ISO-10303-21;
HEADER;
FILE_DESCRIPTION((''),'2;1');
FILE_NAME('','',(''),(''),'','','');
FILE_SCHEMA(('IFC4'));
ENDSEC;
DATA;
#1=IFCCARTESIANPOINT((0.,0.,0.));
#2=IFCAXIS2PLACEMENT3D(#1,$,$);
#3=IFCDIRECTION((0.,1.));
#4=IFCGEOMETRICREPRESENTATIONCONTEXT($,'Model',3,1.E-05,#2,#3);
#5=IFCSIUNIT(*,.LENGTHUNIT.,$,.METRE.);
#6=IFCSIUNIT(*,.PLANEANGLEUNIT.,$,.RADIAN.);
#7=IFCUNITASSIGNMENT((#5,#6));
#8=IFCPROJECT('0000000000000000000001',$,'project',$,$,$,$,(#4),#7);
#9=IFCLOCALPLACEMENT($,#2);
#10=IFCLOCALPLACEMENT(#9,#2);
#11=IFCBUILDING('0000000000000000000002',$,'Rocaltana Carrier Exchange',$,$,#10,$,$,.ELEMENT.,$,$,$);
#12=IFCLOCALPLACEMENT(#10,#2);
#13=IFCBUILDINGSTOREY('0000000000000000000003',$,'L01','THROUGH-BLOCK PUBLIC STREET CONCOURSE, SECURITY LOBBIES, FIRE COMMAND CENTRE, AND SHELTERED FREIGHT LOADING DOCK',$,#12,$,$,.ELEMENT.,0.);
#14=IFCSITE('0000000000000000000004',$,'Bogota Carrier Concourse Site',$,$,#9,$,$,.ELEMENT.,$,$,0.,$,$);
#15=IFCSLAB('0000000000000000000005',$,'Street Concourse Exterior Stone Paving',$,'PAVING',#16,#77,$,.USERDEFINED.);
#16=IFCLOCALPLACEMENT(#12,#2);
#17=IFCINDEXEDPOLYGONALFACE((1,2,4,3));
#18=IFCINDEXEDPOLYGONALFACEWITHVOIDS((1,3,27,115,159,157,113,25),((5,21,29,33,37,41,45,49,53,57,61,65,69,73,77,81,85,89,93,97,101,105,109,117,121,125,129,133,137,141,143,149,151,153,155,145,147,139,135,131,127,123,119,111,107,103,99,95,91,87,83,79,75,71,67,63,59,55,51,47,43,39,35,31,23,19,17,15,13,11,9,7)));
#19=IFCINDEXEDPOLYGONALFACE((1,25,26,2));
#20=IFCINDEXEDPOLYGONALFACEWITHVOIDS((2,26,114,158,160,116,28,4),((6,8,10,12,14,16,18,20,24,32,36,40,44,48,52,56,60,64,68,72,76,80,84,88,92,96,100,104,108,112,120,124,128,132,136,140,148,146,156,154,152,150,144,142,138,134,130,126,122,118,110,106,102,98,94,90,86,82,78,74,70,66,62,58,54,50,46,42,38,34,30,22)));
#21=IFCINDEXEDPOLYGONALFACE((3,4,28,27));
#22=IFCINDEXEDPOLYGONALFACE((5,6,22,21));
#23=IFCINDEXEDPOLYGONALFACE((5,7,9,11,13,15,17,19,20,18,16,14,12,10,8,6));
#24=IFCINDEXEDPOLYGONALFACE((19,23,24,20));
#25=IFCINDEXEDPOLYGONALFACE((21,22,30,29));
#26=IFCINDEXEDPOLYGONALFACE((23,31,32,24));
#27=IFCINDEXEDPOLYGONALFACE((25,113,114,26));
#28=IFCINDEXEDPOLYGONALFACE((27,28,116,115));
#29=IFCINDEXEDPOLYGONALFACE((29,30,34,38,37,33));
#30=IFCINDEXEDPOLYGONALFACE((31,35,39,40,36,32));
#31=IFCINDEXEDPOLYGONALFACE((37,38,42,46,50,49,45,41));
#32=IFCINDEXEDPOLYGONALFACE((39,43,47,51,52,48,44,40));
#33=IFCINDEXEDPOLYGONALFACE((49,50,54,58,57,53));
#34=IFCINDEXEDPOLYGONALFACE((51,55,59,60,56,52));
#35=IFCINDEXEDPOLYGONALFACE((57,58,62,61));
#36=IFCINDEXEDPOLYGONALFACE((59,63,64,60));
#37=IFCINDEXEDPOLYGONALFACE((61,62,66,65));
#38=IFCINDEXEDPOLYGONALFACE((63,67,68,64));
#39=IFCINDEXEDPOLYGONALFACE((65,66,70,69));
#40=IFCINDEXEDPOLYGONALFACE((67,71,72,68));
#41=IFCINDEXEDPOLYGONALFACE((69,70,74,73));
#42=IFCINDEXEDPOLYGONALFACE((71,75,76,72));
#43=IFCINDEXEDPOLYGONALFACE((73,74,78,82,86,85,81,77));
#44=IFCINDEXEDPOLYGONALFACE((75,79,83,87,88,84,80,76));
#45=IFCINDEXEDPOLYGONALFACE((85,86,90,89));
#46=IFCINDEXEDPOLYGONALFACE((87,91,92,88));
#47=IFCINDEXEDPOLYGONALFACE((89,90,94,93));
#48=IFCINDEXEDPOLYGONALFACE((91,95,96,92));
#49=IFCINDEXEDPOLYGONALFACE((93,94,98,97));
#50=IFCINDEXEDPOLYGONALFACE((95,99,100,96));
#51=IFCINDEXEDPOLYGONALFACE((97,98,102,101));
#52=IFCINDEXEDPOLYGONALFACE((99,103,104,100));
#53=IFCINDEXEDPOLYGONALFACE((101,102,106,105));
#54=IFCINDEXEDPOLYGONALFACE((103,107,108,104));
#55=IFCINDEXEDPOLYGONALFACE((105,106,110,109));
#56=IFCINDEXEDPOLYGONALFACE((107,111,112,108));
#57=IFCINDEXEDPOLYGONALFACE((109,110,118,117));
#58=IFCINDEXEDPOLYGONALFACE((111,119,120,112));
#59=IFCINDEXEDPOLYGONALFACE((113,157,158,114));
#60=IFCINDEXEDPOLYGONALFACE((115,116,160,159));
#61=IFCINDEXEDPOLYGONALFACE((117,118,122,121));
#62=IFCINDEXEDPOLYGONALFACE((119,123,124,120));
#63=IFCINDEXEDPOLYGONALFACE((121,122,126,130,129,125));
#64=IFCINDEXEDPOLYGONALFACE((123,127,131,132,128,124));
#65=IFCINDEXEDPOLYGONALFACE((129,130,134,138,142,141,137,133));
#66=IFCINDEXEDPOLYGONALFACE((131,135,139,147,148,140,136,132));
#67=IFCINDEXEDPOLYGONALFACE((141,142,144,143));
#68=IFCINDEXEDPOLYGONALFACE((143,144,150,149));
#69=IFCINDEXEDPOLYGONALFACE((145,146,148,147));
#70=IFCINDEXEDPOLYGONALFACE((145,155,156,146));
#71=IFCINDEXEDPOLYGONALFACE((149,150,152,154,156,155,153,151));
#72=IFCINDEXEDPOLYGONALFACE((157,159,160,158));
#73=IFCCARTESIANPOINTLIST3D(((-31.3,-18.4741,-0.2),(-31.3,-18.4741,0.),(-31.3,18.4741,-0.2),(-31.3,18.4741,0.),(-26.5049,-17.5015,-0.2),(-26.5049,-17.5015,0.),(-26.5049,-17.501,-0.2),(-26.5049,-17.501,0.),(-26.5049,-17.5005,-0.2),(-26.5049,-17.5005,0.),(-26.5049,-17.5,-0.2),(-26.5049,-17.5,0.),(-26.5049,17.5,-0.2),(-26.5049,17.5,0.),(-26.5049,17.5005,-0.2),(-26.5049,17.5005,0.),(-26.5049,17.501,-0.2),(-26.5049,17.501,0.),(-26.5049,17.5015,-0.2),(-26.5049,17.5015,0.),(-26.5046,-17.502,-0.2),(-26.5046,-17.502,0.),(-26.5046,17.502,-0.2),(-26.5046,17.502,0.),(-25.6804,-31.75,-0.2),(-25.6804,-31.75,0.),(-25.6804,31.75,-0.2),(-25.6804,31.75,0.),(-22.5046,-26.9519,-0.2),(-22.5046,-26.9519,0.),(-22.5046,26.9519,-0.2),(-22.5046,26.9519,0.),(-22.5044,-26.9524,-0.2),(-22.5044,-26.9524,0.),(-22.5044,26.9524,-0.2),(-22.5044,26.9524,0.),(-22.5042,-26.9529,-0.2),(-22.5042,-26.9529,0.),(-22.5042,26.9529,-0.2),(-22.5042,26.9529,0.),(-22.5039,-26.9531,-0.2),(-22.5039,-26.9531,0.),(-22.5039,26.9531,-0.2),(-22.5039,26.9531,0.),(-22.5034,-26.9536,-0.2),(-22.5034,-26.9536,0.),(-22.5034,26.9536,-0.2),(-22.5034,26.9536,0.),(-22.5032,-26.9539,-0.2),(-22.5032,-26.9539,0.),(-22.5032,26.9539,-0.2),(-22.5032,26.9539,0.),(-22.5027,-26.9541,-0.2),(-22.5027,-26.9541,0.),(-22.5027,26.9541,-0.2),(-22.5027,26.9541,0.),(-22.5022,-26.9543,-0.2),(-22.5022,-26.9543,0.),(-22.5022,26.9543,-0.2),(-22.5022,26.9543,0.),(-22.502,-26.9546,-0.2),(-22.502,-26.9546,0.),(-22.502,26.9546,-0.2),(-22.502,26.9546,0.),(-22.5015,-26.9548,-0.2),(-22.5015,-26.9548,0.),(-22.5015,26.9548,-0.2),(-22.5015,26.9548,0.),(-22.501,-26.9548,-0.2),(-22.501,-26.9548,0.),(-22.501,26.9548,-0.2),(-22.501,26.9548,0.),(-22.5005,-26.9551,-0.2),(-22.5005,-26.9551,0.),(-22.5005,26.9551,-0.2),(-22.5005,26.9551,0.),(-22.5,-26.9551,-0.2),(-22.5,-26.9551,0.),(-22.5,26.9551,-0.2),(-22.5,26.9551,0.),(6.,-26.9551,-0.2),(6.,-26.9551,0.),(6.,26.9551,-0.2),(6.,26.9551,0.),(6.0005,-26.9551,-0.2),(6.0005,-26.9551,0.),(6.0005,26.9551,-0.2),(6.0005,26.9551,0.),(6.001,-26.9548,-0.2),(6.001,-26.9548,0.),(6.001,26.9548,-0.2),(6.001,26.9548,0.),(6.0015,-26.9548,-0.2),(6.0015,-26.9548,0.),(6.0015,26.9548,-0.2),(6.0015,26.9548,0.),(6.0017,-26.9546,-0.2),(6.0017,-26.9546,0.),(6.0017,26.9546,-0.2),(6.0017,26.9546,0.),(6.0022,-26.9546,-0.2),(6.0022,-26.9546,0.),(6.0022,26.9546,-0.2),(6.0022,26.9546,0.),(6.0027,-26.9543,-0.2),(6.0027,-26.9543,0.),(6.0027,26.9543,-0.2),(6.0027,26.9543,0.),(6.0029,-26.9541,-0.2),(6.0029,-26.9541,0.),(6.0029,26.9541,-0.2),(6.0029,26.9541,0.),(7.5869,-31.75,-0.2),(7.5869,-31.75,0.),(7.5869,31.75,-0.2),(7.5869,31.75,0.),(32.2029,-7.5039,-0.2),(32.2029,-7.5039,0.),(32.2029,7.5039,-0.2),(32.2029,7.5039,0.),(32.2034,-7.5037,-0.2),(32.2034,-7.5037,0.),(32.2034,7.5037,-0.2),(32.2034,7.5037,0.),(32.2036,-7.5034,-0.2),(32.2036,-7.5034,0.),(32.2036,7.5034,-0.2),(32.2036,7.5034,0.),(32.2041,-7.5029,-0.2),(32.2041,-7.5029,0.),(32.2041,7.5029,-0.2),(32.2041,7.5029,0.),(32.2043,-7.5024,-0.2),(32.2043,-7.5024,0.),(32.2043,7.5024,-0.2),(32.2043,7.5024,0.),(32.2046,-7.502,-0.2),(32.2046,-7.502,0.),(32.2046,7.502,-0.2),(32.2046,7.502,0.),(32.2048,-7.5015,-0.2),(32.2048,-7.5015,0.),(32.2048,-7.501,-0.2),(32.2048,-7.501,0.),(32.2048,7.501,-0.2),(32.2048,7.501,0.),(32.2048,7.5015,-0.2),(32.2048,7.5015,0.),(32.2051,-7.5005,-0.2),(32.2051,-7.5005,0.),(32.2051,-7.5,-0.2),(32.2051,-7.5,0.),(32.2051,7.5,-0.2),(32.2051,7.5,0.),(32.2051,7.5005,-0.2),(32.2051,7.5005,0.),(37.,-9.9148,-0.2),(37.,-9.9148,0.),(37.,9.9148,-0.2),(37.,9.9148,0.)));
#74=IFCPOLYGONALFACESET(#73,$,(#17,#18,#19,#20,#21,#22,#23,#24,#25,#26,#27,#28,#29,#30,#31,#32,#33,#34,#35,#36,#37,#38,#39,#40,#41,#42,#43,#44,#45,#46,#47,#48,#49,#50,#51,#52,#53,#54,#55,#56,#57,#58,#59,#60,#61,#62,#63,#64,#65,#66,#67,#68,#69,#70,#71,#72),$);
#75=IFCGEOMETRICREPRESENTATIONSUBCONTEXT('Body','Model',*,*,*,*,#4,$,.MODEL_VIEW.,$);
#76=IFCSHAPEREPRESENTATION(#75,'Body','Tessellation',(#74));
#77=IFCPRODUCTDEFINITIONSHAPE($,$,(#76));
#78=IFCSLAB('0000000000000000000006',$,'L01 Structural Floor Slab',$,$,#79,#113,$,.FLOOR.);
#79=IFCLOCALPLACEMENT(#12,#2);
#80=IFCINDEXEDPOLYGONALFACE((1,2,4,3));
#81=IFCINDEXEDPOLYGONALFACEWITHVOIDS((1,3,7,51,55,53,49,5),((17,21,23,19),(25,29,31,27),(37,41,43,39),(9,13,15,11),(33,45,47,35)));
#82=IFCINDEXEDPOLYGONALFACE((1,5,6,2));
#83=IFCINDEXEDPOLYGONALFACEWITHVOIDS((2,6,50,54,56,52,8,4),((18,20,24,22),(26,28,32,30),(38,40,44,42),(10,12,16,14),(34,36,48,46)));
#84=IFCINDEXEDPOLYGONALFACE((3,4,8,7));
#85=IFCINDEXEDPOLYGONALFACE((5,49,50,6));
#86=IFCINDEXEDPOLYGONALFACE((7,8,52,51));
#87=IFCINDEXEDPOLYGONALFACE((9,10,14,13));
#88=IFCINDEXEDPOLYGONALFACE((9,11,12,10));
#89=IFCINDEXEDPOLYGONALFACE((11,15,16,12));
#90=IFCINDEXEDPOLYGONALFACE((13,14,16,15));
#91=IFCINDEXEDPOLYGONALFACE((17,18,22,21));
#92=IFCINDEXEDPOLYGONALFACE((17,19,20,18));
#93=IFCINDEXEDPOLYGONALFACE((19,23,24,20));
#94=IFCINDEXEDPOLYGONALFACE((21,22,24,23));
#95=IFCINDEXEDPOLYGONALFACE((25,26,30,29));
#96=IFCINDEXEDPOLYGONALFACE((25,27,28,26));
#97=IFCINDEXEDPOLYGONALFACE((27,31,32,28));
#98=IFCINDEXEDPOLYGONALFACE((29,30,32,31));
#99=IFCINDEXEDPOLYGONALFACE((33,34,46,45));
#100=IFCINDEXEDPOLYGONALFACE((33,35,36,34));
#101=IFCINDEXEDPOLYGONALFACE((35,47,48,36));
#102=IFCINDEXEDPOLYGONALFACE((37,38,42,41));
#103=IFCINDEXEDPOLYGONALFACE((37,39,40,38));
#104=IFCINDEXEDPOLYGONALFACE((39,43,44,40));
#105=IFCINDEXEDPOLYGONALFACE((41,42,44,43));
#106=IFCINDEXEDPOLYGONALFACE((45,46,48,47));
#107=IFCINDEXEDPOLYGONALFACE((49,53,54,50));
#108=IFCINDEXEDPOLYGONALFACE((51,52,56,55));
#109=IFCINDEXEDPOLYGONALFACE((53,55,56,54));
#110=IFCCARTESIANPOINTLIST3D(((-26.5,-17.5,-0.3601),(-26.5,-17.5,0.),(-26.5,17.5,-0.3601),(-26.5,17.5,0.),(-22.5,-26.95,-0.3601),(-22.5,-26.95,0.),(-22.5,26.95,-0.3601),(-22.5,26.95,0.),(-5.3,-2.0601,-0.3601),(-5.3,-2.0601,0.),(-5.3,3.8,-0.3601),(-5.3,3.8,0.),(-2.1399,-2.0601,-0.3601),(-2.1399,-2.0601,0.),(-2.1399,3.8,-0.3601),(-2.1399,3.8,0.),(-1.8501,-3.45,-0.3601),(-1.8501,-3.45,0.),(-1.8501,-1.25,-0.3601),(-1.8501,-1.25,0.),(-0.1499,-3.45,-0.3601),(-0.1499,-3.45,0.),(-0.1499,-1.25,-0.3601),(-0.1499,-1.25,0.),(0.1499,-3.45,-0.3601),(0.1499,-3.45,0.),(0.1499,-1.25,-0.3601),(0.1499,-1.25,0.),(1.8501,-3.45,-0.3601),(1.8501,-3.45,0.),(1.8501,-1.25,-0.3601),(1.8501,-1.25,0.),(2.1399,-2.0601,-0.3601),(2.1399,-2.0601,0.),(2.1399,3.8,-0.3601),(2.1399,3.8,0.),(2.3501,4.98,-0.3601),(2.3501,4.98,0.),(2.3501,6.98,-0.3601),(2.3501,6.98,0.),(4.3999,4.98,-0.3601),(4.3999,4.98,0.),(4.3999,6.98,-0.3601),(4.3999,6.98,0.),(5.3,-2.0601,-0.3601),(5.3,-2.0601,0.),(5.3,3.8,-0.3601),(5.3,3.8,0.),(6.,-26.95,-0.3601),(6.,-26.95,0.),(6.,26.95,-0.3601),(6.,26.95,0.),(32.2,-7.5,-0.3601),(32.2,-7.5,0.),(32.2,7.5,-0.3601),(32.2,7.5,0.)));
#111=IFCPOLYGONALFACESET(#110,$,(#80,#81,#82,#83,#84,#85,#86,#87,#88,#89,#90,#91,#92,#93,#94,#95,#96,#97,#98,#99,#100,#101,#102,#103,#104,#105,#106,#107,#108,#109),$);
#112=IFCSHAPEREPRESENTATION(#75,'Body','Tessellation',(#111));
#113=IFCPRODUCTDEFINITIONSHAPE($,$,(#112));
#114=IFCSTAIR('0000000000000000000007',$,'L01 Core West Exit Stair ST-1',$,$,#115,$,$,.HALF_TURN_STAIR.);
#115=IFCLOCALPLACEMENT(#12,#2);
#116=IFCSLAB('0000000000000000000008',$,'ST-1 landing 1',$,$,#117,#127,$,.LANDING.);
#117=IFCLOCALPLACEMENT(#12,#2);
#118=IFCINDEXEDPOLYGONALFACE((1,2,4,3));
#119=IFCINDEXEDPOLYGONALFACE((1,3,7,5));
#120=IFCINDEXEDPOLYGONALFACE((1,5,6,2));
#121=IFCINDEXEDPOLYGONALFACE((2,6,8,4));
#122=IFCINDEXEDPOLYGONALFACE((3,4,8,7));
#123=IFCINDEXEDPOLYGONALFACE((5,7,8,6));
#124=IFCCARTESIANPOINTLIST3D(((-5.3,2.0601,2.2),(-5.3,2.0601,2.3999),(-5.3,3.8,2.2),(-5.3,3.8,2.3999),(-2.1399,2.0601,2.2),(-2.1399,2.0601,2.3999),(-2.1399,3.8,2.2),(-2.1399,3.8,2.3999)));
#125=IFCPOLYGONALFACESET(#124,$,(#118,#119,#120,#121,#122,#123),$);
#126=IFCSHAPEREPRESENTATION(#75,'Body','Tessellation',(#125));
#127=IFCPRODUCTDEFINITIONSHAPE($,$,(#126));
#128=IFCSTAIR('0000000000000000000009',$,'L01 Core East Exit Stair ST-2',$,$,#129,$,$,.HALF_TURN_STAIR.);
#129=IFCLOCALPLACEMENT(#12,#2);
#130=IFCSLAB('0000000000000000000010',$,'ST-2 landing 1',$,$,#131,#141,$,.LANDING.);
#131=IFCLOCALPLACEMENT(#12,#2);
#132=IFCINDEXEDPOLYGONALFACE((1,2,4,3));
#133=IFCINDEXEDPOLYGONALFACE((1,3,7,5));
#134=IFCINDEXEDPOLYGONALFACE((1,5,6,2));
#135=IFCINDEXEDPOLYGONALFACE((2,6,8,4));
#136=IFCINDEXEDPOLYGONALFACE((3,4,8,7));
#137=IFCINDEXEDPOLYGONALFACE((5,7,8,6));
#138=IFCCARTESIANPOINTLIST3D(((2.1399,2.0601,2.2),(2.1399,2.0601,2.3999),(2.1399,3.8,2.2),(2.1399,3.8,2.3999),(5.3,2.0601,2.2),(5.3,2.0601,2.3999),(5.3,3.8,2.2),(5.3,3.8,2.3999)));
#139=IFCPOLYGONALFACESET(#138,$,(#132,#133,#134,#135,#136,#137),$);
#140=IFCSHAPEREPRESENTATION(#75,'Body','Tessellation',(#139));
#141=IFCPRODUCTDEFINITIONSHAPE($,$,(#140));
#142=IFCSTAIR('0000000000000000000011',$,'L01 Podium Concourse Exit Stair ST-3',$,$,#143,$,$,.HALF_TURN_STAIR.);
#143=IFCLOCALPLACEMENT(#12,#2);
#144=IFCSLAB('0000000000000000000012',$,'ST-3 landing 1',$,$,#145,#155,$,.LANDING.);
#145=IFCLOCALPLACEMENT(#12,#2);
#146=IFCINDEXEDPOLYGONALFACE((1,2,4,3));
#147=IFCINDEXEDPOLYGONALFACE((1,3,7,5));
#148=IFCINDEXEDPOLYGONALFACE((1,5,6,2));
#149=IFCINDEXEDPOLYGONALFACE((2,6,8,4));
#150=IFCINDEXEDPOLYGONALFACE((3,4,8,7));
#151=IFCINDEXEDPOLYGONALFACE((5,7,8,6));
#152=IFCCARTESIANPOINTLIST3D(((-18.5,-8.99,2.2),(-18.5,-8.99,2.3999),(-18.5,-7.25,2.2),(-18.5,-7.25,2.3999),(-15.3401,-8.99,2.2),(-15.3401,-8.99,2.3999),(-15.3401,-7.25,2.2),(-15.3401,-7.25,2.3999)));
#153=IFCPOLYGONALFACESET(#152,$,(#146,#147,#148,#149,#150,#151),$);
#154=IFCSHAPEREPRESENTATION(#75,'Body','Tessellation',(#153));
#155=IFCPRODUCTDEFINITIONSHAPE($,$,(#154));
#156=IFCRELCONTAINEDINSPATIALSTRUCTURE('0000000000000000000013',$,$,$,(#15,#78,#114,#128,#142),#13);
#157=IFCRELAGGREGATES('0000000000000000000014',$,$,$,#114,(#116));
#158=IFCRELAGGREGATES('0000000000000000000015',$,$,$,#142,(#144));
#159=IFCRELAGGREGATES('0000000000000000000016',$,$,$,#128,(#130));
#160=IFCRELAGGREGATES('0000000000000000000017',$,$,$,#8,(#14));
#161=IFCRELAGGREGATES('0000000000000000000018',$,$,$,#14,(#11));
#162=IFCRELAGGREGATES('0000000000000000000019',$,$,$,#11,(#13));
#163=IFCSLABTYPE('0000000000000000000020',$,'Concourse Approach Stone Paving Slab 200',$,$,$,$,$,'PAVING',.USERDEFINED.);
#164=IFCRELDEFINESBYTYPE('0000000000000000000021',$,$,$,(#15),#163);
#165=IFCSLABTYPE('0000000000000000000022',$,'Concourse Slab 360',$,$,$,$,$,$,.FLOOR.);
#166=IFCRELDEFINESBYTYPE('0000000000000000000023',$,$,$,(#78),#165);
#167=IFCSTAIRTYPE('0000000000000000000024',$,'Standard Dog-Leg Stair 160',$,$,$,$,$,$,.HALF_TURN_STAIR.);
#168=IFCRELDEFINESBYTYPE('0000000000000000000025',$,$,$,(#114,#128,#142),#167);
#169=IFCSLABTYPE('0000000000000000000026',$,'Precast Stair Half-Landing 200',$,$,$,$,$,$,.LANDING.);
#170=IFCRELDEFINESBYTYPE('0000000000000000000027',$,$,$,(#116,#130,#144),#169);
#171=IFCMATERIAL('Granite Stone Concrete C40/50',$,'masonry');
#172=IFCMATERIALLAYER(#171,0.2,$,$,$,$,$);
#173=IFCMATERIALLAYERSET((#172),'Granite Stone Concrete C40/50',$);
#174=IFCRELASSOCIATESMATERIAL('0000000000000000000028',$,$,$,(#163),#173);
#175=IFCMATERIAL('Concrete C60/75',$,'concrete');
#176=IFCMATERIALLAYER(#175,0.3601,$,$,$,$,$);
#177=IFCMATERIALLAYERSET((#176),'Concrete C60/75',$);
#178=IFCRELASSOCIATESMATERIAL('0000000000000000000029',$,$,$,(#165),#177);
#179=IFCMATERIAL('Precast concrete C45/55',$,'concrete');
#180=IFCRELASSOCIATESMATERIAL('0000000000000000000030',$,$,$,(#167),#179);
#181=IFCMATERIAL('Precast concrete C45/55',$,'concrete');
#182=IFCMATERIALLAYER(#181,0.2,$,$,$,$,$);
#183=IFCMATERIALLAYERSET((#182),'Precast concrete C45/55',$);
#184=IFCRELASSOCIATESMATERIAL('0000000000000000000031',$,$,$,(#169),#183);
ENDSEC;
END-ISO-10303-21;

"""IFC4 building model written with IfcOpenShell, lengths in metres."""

from ifc_helpers import new_model, si_unit, direction, frame, origin, place, context, subcontext, project, spatial, polyline, outline, extrude, material, layer, layer_set, type_object, element, aggregate, save


model = new_model("IFC4")

# Units and contexts
model_context = context("Model", 3, precision=1e-05, world=origin(), true_north=direction((0.0, 1.0)))
body_context = subcontext(model_context, "Body", "Model", "MODEL_VIEW")
ifc_project = project(units=[si_unit("LENGTHUNIT", "METRE"), si_unit("PLANEANGLEUNIT", "RADIAN")], contexts=[model_context])

# Site, building, storey
site_placement = place(None, origin())
site = spatial("IfcSite", under=ifc_project, at=site_placement, Name="Bogota Carrier Concourse Site", CompositionType="ELEMENT", RefElevation=0.0)
building_placement = place(site_placement, origin())
building = spatial("IfcBuilding", under=site, at=building_placement, Name="Rocaltana Carrier Exchange", CompositionType="ELEMENT")
storey_placement = place(building_placement, origin())
storey = spatial("IfcBuildingStorey", under=building, at=storey_placement, Name="L01", Description="THROUGH-BLOCK PUBLIC STREET CONCOURSE, SECURITY LOBBIES, FIRE COMMAND CENTRE, AND SHELTERED FREIGHT LOADING DOCK", CompositionType="ELEMENT", Elevation=0.0)

# Slabs
ifc_material_1 = material(Name="Granite Stone Concrete C40/50", Category="masonry")
ifc_layer_1 = layer(ifc_material_1, 0.2)
ifc_layer_set_1 = layer_set([ifc_layer_1], Name="Granite Stone Concrete C40/50")
slab_type_1 = type_object("IfcSlabType", Name="Concourse Approach Stone Paving Slab 200", ElementType="PAVING", PredefinedType="USERDEFINED", material=ifc_layer_set_1)
slab_1_placement = place(storey_placement, frame((0.0, 0.0, -0.2)))
element("IfcSlab", 1, at=slab_1_placement, inside=storey, type_object=slab_type_1, Name="Street Concourse Exterior Stone Paving", ObjectType="PAVING", PredefinedType="USERDEFINED", context=body_context, shape_type="SweptSolid", body=[
    extrude(outline(polyline([(-31.3, -18.4741), (-31.3, 18.4741), (-25.6804, 31.75), (7.5869, 31.75), (37.0, 9.9148), (37.0, -9.9148), (7.5869, -31.75), (-25.6804, -31.75), (-31.3, -18.4741)]), holes=[polyline([(-22.5044, -26.9524), (-22.5042, -26.9529), (-22.5039, -26.9531), (-22.5034, -26.9536), (-22.5032, -26.9539), (-22.5027, -26.9541), (-22.5022, -26.9543), (-22.502, -26.9546), (-22.5015, -26.9548), (-22.501, -26.9548), (-22.5005, -26.9551), (-22.5, -26.9551), (6.0, -26.9551), (6.0005, -26.9551), (6.001, -26.9548), (6.0015, -26.9548), (6.0017, -26.9546), (6.0022, -26.9546), (6.0027, -26.9543), (6.0029, -26.9541), (32.2029, -7.5039), (32.2034, -7.5037), (32.2036, -7.5034), (32.2041, -7.5029), (32.2043, -7.5024), (32.2046, -7.502), (32.2048, -7.5015), (32.2048, -7.501), (32.2051, -7.5005), (32.2051, -7.5), (32.2051, 7.5), (32.2051, 7.5005), (32.2048, 7.501), (32.2048, 7.5015), (32.2046, 7.502), (32.2043, 7.5024), (32.2041, 7.5029), (32.2036, 7.5034), (32.2034, 7.5037), (32.2029, 7.5039), (6.0029, 26.9541), (6.0027, 26.9543), (6.0022, 26.9546), (6.0017, 26.9546), (6.0015, 26.9548), (6.001, 26.9548), (6.0005, 26.9551), (6.0, 26.9551), (-22.5, 26.9551), (-22.5005, 26.9551), (-22.501, 26.9548), (-22.5015, 26.9548), (-22.502, 26.9546), (-22.5022, 26.9543), (-22.5027, 26.9541), (-22.5032, 26.9539), (-22.5034, 26.9536), (-22.5039, 26.9531), (-22.5042, 26.9529), (-22.5044, 26.9524), (-22.5046, 26.9519), (-26.5046, 17.502), (-26.5049, 17.5015), (-26.5049, 17.501), (-26.5049, 17.5005), (-26.5049, 17.5), (-26.5049, -17.5), (-26.5049, -17.5005), (-26.5049, -17.501), (-26.5049, -17.5015), (-26.5046, -17.502), (-22.5046, -26.9519), (-22.5044, -26.9524)])]), origin(), (0.0, 0.0, 1.0), 0.2),
])
ifc_material_2 = material(Name="Concrete C60/75", Category="concrete")
ifc_layer_2 = layer(ifc_material_2, 0.3601)
ifc_layer_set_2 = layer_set([ifc_layer_2], Name="Concrete C60/75")
slab_type_2 = type_object("IfcSlabType", Name="Concourse Slab 360", PredefinedType="FLOOR", material=ifc_layer_set_2)
slab_2_placement = place(storey_placement, frame((0.0, 0.0, -0.3601)))
element("IfcSlab", 2, at=slab_2_placement, inside=storey, type_object=slab_type_2, Name="L01 Structural Floor Slab", PredefinedType="FLOOR", context=body_context, shape_type="SweptSolid", body=[
    extrude(outline(polyline([(-22.5, -26.95), (6.0, -26.95), (32.2, -7.5), (32.2, 7.5), (6.0, 26.95), (-22.5, 26.95), (-26.5, 17.5), (-26.5, -17.5), (-22.5, -26.95)]), holes=[polyline([(-5.3, -2.0601), (-2.1399, -2.0601), (-2.1399, 3.8), (-5.3, 3.8), (-5.3, -2.0601)]), polyline([(2.1399, -2.0601), (5.3, -2.0601), (5.3, 3.8), (2.1399, 3.8), (2.1399, -2.0601)]), polyline([(-1.8501, -3.45), (-0.1499, -3.45), (-0.1499, -1.25), (-1.8501, -1.25), (-1.8501, -3.45)]), polyline([(0.1499, -3.45), (1.8501, -3.45), (1.8501, -1.25), (0.1499, -1.25), (0.1499, -3.45)]), polyline([(2.3501, 4.98), (4.3999, 4.98), (4.3999, 6.98), (2.3501, 6.98), (2.3501, 4.98)])]), origin(), (0.0, 0.0, 1.0), 0.3601),
])

# Stairs, slabs
ifc_material_3 = material(Name="Precast concrete C45/55", Category="concrete")
stair_type = type_object("IfcStairType", Name="Standard Dog-Leg Stair 160", PredefinedType="HALF_TURN_STAIR", material=ifc_material_3)
stair_1_placement = place(storey_placement, origin())
stair_1 = element("IfcStair", 3, at=stair_1_placement, inside=storey, type_object=stair_type, Name="L01 Core West Exit Stair ST-1", PredefinedType="HALF_TURN_STAIR")
ifc_material_4 = material(Name="Precast concrete C45/55", Category="concrete")
ifc_layer_3 = layer(ifc_material_4, 0.2)
ifc_layer_set_3 = layer_set([ifc_layer_3], Name="Precast concrete C45/55")
slab_type_3 = type_object("IfcSlabType", Name="Precast Stair Half-Landing 200", PredefinedType="LANDING", material=ifc_layer_set_3)
slab_3_placement = place(storey_placement, frame((0.0, 0.0, 2.2)))
slab_3 = element("IfcSlab", 4, at=slab_3_placement, type_object=slab_type_3, Name="ST-1 landing 1", PredefinedType="LANDING", context=body_context, shape_type="SweptSolid", body=[
    extrude(outline(polyline([(-2.1399, 2.0601), (-2.1399, 3.8), (-5.3, 3.8), (-5.3, 2.0601), (-2.1399, 2.0601)])), origin(), (0.0, 0.0, 1.0), 0.2),
])
aggregate(stair_1, [slab_3])
stair_2_placement = place(storey_placement, origin())
stair_2 = element("IfcStair", 5, at=stair_2_placement, inside=storey, type_object=stair_type, Name="L01 Core East Exit Stair ST-2", PredefinedType="HALF_TURN_STAIR")
slab_4_placement = place(storey_placement, frame((0.0, 0.0, 2.2)))
slab_4 = element("IfcSlab", 6, at=slab_4_placement, type_object=slab_type_3, Name="ST-2 landing 1", PredefinedType="LANDING", context=body_context, shape_type="SweptSolid", body=[
    extrude(outline(polyline([(5.3, 2.0601), (5.3, 3.8), (2.1399, 3.8), (2.1399, 2.0601), (5.3, 2.0601)])), origin(), (0.0, 0.0, 1.0), 0.2),
])
stair_3_placement = place(storey_placement, origin())
stair_3 = element("IfcStair", 7, at=stair_3_placement, inside=storey, type_object=stair_type, Name="L01 Podium Concourse Exit Stair ST-3", PredefinedType="HALF_TURN_STAIR")
slab_5_placement = place(storey_placement, frame((0.0, 0.0, 2.2)))
slab_5 = element("IfcSlab", 8, at=slab_5_placement, type_object=slab_type_3, Name="ST-3 landing 1", PredefinedType="LANDING", context=body_context, shape_type="SweptSolid", body=[
    extrude(outline(polyline([(-15.3401, -8.99), (-15.3401, -7.25), (-18.5, -7.25), (-18.5, -8.99), (-15.3401, -8.99)])), origin(), (0.0, 0.0, 1.0), 0.2),
])
aggregate(stair_3, [slab_5])

aggregate(stair_2, [slab_4])

save(model, "model.ifc")
